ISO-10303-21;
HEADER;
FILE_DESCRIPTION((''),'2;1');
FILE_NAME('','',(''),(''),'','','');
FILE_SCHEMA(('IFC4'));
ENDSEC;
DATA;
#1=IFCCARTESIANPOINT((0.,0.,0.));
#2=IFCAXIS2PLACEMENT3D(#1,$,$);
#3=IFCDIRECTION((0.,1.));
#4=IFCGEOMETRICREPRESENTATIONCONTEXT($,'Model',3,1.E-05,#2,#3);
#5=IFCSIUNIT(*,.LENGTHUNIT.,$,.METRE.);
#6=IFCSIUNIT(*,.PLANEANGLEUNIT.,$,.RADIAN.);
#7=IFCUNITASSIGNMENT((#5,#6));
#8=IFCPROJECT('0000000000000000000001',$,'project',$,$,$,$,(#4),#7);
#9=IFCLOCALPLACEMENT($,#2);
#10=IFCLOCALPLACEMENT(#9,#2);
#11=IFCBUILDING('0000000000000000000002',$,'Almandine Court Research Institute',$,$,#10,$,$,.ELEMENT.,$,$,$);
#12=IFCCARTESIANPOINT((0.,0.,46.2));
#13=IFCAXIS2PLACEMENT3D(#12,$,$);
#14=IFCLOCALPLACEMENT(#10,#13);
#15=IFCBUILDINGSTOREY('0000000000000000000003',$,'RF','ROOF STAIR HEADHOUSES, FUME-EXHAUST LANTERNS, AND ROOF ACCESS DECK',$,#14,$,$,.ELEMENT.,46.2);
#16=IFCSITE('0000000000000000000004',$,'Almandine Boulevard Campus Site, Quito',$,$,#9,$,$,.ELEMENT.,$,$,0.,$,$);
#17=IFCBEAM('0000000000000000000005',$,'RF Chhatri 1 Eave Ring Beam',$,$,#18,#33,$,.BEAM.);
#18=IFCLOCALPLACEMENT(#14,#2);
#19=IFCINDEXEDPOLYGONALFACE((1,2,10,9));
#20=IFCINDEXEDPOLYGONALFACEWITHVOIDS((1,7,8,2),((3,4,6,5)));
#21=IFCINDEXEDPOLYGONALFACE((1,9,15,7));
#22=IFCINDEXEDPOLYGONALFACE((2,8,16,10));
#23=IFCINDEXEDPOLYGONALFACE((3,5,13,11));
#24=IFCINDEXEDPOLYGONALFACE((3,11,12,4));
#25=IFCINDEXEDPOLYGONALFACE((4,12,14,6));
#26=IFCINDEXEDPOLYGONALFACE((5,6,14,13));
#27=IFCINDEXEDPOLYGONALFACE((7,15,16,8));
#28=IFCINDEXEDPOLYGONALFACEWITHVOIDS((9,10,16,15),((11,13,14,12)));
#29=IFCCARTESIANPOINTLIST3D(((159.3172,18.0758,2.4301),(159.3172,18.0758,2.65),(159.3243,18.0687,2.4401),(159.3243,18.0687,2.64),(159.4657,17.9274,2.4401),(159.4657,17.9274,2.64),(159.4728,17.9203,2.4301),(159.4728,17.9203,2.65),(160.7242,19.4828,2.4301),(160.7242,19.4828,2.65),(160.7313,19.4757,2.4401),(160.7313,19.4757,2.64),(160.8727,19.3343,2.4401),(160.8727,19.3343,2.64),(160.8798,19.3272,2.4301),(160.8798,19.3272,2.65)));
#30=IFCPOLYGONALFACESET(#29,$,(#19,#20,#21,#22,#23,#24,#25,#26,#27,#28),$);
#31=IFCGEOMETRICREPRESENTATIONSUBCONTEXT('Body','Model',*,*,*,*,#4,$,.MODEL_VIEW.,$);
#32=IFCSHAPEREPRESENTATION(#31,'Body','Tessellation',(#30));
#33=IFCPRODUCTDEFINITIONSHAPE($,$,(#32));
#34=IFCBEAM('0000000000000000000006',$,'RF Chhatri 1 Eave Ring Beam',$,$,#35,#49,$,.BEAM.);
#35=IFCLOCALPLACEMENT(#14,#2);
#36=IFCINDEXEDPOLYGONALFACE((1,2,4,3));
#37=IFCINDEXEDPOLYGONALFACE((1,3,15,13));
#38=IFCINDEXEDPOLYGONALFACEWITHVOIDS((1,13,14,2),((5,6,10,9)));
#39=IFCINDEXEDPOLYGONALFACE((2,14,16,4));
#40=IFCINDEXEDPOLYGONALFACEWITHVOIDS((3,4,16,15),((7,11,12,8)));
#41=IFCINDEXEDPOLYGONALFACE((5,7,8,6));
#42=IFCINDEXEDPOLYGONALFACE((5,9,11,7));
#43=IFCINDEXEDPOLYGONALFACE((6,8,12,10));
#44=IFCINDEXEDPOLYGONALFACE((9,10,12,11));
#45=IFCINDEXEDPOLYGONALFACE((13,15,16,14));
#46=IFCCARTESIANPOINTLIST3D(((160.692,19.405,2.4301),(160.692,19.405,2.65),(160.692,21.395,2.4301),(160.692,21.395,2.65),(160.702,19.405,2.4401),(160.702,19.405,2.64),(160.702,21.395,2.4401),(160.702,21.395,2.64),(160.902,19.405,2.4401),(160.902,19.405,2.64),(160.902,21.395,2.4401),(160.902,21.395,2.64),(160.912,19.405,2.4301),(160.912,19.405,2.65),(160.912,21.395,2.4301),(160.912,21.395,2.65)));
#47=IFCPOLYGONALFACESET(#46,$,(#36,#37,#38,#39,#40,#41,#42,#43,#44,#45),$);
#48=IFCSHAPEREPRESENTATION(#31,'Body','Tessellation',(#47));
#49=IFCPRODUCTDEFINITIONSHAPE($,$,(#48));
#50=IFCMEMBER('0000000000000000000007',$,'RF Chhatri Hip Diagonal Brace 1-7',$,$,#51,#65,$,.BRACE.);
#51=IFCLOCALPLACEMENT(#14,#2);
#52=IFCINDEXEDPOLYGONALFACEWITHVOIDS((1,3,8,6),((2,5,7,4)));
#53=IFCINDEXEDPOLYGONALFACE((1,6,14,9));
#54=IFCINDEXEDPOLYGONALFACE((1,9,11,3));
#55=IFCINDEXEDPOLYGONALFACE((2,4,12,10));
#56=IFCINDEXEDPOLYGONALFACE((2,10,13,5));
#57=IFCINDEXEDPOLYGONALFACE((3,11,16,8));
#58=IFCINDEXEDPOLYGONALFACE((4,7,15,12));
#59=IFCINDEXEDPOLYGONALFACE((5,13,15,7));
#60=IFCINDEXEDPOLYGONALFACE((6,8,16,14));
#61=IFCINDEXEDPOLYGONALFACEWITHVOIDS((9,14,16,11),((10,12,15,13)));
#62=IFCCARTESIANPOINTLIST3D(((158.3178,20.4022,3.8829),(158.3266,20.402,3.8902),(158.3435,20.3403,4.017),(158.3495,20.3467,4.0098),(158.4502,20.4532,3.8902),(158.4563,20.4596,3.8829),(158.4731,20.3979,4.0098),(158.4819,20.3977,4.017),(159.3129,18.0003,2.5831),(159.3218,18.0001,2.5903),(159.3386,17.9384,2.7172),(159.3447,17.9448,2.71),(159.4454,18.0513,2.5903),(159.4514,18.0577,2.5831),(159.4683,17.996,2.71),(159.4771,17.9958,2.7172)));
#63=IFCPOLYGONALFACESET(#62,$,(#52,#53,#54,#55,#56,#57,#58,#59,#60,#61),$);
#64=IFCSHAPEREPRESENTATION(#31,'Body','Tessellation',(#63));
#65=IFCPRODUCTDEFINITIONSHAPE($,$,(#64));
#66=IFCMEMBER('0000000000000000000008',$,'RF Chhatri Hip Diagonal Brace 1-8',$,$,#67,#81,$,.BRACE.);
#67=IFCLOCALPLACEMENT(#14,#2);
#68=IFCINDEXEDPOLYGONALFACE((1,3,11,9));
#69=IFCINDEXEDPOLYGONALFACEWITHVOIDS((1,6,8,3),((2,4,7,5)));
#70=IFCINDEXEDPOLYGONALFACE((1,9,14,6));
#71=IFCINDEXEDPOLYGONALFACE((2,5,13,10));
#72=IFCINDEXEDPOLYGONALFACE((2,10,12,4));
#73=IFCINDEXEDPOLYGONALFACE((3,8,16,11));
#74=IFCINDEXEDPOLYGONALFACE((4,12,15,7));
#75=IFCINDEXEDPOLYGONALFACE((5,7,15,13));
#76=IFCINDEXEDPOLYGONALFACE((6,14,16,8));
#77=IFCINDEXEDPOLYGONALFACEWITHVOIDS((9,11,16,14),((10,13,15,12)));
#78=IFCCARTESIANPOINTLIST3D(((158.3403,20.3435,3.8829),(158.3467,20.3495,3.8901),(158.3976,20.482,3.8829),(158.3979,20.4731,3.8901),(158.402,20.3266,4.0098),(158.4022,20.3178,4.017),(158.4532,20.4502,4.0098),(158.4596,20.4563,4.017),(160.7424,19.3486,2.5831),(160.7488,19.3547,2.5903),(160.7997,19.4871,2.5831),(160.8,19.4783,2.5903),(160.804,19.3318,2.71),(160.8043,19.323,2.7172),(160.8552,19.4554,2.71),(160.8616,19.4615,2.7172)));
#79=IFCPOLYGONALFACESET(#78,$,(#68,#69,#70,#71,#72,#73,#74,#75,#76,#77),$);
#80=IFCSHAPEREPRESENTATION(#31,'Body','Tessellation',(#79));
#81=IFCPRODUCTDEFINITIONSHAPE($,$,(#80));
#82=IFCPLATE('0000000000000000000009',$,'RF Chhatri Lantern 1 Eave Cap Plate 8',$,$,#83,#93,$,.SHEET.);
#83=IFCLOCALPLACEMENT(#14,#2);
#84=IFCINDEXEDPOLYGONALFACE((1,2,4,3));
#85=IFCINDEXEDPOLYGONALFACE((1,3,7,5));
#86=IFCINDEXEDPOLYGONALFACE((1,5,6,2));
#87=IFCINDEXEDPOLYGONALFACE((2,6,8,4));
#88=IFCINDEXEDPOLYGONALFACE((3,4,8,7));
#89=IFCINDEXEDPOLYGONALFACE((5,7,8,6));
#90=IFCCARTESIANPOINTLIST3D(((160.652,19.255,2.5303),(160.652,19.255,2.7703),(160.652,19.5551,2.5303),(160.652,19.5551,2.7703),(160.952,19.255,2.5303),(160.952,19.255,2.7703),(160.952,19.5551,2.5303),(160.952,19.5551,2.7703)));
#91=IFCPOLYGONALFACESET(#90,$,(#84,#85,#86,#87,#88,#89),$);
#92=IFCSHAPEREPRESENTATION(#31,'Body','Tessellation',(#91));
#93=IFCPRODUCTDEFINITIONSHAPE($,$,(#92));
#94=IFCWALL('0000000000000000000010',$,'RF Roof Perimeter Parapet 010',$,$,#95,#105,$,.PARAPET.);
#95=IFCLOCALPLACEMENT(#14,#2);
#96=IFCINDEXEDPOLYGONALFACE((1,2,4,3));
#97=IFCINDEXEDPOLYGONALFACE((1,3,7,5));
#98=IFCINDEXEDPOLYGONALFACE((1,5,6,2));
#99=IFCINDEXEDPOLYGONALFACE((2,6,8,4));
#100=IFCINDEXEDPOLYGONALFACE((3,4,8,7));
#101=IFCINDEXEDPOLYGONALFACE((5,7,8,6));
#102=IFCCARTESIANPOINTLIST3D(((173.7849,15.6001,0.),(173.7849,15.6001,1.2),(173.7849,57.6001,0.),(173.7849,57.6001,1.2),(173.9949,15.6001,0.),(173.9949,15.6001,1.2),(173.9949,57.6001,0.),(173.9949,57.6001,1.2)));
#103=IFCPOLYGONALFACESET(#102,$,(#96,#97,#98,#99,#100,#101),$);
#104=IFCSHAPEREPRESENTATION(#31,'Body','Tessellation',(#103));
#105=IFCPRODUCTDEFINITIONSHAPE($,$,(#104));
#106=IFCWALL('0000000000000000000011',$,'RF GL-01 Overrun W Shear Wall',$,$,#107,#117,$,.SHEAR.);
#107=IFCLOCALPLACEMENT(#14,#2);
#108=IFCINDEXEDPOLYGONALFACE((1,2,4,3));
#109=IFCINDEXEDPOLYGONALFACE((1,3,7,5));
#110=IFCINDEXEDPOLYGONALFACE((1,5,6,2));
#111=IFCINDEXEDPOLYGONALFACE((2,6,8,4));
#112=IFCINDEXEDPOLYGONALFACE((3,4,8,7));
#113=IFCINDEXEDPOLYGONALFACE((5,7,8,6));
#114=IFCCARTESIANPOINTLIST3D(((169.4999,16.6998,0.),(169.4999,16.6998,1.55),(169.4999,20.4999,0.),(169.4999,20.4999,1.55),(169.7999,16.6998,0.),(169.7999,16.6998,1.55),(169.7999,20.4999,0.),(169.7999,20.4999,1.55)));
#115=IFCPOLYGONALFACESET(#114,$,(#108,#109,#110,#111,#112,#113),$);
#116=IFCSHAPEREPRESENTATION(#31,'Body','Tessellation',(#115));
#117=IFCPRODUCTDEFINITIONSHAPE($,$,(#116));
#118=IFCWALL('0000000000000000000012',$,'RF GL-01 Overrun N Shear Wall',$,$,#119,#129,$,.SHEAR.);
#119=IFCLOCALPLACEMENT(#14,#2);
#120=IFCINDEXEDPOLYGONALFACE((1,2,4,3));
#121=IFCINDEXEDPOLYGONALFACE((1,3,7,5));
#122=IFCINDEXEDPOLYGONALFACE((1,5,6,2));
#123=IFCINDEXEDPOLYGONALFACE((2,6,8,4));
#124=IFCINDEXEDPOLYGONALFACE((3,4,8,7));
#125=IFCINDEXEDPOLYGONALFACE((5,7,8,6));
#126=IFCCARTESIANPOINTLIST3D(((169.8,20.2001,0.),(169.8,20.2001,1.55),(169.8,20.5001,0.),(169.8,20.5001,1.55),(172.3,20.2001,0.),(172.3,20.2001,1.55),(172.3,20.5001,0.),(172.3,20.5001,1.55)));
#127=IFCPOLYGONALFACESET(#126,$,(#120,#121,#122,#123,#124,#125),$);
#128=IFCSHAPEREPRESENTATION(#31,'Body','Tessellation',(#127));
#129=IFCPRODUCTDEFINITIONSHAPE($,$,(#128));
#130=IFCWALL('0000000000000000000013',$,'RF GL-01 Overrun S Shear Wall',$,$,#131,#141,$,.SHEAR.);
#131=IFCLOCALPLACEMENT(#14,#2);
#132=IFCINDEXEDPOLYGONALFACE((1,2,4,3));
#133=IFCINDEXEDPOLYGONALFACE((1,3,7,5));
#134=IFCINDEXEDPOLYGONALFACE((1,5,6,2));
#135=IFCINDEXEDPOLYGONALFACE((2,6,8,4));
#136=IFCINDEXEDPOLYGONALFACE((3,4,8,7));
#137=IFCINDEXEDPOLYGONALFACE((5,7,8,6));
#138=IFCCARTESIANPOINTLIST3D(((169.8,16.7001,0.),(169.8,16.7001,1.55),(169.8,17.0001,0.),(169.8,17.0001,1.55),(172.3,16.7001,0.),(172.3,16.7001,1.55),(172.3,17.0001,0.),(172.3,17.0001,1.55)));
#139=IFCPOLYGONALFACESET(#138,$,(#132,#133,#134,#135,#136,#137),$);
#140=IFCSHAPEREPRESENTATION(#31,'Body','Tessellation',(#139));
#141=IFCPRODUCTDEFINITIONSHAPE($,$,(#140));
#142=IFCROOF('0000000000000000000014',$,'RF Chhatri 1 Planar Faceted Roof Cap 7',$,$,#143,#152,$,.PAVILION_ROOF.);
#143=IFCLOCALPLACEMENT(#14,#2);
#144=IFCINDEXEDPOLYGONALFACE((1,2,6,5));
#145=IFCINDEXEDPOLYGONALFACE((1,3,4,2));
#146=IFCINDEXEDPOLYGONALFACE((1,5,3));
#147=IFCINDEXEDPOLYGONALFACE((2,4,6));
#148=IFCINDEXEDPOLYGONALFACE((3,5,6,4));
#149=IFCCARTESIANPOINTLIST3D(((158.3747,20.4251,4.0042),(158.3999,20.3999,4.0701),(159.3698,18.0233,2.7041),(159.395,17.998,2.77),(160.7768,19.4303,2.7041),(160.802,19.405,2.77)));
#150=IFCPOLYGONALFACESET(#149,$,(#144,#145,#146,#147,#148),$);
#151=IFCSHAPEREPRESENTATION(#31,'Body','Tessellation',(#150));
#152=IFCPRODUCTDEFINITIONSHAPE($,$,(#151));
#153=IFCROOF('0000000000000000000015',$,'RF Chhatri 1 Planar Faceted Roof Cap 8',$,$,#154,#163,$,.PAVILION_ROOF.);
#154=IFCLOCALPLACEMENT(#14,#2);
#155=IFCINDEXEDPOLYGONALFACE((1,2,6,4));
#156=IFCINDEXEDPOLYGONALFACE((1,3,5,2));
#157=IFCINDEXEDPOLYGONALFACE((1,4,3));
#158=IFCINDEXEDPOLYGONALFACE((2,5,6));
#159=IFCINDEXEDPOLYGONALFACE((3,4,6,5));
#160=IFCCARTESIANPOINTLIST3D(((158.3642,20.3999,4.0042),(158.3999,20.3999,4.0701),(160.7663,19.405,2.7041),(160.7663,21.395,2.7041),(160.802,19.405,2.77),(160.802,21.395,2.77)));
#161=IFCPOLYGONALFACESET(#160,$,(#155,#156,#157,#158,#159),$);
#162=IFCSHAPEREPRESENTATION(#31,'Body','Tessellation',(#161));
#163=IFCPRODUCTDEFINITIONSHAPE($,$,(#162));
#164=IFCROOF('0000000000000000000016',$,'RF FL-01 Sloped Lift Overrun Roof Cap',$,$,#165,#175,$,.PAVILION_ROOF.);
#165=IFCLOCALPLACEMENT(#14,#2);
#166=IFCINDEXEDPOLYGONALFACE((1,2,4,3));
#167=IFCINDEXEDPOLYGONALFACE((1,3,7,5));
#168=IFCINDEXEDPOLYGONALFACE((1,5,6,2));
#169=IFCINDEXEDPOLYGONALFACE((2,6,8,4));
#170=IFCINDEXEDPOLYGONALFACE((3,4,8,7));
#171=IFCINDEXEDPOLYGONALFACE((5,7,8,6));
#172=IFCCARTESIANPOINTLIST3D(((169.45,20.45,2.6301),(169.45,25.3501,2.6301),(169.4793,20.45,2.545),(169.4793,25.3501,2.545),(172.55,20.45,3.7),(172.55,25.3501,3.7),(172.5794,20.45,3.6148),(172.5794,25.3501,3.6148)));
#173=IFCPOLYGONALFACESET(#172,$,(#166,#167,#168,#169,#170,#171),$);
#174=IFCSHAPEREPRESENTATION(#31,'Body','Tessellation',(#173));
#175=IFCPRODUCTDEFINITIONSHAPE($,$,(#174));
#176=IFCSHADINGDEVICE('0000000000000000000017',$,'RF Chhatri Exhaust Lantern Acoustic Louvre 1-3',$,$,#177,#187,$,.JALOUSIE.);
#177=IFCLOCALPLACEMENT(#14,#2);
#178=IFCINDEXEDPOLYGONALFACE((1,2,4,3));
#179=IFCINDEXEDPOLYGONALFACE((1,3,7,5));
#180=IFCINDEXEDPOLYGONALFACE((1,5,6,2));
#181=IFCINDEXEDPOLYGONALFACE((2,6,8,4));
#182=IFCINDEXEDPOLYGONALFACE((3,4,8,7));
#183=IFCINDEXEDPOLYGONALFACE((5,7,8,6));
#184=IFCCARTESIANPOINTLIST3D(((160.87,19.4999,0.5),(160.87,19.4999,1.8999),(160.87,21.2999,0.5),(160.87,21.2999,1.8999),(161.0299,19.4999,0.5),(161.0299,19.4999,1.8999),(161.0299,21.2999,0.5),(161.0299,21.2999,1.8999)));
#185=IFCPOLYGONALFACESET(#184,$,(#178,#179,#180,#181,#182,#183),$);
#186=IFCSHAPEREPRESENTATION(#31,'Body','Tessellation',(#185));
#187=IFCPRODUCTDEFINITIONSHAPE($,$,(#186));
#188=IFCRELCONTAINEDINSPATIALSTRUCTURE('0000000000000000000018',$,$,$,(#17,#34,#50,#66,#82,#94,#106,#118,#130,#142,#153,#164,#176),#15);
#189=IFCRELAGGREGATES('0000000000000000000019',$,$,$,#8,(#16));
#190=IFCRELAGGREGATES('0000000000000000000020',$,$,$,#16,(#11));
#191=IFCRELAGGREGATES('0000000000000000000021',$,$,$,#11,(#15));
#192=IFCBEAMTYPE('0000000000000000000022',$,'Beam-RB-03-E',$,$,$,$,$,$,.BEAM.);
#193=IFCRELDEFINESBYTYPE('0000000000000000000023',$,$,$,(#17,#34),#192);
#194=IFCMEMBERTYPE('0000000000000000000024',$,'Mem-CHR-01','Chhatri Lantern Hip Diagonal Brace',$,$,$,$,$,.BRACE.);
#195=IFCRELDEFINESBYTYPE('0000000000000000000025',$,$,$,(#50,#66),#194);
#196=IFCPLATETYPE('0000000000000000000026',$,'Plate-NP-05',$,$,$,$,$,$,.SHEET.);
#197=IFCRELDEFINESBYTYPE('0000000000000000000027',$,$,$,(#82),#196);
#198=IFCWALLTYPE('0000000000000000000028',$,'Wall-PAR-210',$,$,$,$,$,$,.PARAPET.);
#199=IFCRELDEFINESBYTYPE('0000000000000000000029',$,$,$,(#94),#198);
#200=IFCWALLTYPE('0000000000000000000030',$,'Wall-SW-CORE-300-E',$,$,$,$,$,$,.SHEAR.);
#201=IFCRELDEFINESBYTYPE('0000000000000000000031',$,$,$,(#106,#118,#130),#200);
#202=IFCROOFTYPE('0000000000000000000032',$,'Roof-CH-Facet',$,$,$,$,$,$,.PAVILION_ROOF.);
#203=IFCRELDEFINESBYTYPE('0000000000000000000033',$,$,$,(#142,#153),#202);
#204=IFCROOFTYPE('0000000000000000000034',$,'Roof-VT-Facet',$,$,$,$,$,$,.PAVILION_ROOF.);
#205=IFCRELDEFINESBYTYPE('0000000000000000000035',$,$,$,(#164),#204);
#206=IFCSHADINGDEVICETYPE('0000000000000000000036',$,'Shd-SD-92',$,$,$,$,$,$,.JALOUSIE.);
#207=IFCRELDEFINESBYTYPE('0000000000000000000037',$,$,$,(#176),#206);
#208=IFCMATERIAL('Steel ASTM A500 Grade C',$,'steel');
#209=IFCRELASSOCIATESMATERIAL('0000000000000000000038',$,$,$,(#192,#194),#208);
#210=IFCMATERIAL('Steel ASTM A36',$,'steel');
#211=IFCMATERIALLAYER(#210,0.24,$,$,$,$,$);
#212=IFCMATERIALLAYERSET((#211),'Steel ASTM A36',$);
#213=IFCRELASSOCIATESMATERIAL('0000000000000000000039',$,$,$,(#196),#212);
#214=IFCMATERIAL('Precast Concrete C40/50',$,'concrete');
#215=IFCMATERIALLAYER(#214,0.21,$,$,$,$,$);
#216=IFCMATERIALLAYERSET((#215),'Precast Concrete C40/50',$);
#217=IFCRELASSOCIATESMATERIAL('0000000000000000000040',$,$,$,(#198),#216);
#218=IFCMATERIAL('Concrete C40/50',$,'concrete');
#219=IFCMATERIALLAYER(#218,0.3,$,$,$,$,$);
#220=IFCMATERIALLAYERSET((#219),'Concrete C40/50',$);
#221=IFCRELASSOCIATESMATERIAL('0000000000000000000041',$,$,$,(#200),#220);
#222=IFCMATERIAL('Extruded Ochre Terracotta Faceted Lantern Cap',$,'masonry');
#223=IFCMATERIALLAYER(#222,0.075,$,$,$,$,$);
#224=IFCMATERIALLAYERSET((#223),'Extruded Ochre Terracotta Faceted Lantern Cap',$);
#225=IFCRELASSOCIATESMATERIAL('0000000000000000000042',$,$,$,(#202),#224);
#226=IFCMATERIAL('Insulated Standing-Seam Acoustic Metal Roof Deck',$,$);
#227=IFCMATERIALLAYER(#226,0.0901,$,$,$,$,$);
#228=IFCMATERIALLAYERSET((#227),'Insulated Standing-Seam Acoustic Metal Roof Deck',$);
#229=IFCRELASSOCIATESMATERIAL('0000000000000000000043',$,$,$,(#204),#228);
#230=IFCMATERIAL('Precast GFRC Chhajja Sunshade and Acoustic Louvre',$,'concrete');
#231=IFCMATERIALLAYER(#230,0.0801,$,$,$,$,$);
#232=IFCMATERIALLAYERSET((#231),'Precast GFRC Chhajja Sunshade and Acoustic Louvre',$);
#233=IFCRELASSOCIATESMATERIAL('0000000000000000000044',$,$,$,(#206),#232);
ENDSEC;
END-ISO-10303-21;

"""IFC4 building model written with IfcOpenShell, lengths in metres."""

from ifc_helpers import new_model, si_unit, direction, frame, frame_2d, origin, origin_2d, place, context, subcontext, project, spatial, polyline, rectangle, hollow_rectangle, outline, extrude, material, layer, layer_set, material_profile, profile_set, type_object, element, save


model = new_model("IFC4")

# Units and contexts
model_context = context("Model", 3, precision=1e-05, world=origin(), true_north=direction((0.0, 1.0)))
body_context = subcontext(model_context, "Body", "Model", "MODEL_VIEW")
ifc_project = project(units=[si_unit("LENGTHUNIT", "METRE"), si_unit("PLANEANGLEUNIT", "RADIAN")], contexts=[model_context])

# Site, building, storey
site_placement = place(None, origin())
site = spatial("IfcSite", under=ifc_project, at=site_placement, Name="Almandine Boulevard Campus Site, Quito", CompositionType="ELEMENT", RefElevation=0.0)
building_placement = place(site_placement, origin())
building = spatial("IfcBuilding", under=site, at=building_placement, Name="Almandine Court Research Institute", CompositionType="ELEMENT")
storey_placement = place(building_placement, frame((0.0, 0.0, 46.2)))
storey = spatial("IfcBuildingStorey", under=building, at=storey_placement, Name="RF", Description="ROOF STAIR HEADHOUSES, FUME-EXHAUST LANTERNS, AND ROOF ACCESS DECK", CompositionType="ELEMENT", Elevation=46.2)

# Shared definitions
ifc_material_1 = material(Name="Steel ASTM A500 Grade C", Category="steel")

# Beams
ifc_material_profile_1 = material_profile(ifc_material_1, hollow_rectangle(XDim=0.22, YDim=0.22, WallThickness=0.01, at=origin_2d()), Name="HSS 220x220x10")
ifc_profile_set_1 = profile_set([ifc_material_profile_1], Name="Steel ASTM A500 Grade C")
beam_type_1 = type_object("IfcBeamType", Name="Beam-RB-03-E", PredefinedType="BEAM", material=ifc_profile_set_1)
beam_1_placement = place(storey_placement, frame((159.395, 17.998, 2.54), z_axis=(0.707107, 0.707107, 0.0), x_axis=(-0.707107, 0.707107, 0.0)))
element("IfcBeam", 1, at=beam_1_placement, inside=storey, type_object=beam_type_1, Name="RF Chhatri 1 Eave Ring Beam", PredefinedType="BEAM", context=body_context, shape_type="SweptSolid", body=[
    extrude(hollow_rectangle(XDim=0.22, YDim=0.22, WallThickness=0.01, at=origin_2d()), origin(), (0.0, 0.0, 1.0), 1.9897),
])
beam_2_placement = place(storey_placement, frame((160.802, 19.405, 2.54), z_axis=(0.0, 1.0, 0.0), x_axis=(-1.0, 0.0, 0.0)))
element("IfcBeam", 2, at=beam_2_placement, inside=storey, type_object=beam_type_1, Name="RF Chhatri 1 Eave Ring Beam", PredefinedType="BEAM", context=body_context, shape_type="SweptSolid", body=[
    extrude(hollow_rectangle(XDim=0.22, YDim=0.22, WallThickness=0.01, at=origin_2d()), origin(), (0.0, 0.0, 1.0), 1.99),
])

# Members
ifc_material_profile_2 = material_profile(ifc_material_1, hollow_rectangle(XDim=0.1499, YDim=0.1499, WallThickness=0.0081, at=origin_2d()), Name="HSS 150x150x8")
ifc_profile_set_2 = profile_set([ifc_material_profile_2], Name="Steel ASTM A500 Grade C")
member_type = type_object("IfcMemberType", Name="Mem-CHR-01", Description="Chhatri Lantern Hip Diagonal Brace", PredefinedType="BRACE", material=ifc_profile_set_2)
for number, where, z_axis, x_axis, name in (
    (3, (159.395, 17.998, 2.6501), (-0.342358, 0.826329, 0.447182), (-0.923847, -0.382761, 0.0), "RF Chhatri Hip Diagonal Brace 1-7"),
    (4, (160.802, 19.405, 2.6501), (-0.826379, 0.34226, 0.447164), (-0.382648, -0.923894, 0.0), "RF Chhatri Hip Diagonal Brace 1-8"),
):
    element("IfcMember", number, at=place(storey_placement, frame(where, z_axis=z_axis, x_axis=x_axis)), inside=storey, type_object=member_type, Name=name, PredefinedType="BRACE", context=body_context, shape_type="SweptSolid", body=[
        extrude(hollow_rectangle(XDim=0.1499, YDim=0.1499, WallThickness=0.0081, at=origin_2d()), origin(), (0.0, 0.0, 1.0), 2.9067),
    ])

# Plate
ifc_material_2 = material(Name="Steel ASTM A36", Category="steel")
ifc_layer_1 = layer(ifc_material_2, 0.24)
ifc_layer_set_1 = layer_set([ifc_layer_1], Name="Steel ASTM A36")
plate_type = type_object("IfcPlateType", Name="Plate-NP-05", PredefinedType="SHEET", material=ifc_layer_set_1)
plate_placement = place(storey_placement, frame((160.802, 19.405, 2.5303), z_axis=(0.0, 0.0, 1.0), x_axis=(1.0, 0.0, 0.0)))
element("IfcPlate", 5, at=plate_placement, inside=storey, type_object=plate_type, Name="RF Chhatri Lantern 1 Eave Cap Plate 8", PredefinedType="SHEET", context=body_context, shape_type="SweptSolid", body=[
    extrude(rectangle(XDim=0.3, YDim=0.3, at=origin_2d()), origin(), (0.0, 0.0, 1.0), 0.24),
])

# Walls
ifc_material_3 = material(Name="Precast Concrete C40/50", Category="concrete")
ifc_layer_2 = layer(ifc_material_3, 0.21)
ifc_layer_set_2 = layer_set([ifc_layer_2], Name="Precast Concrete C40/50")
wall_type_1 = type_object("IfcWallType", Name="Wall-PAR-210", PredefinedType="PARAPET", material=ifc_layer_set_2)
wall_1_placement = place(storey_placement, frame((173.8899, 15.6001, 0.0), z_axis=(0.0, 0.0, 1.0), x_axis=(0.0, 1.0, 0.0)))
element("IfcWall", 6, at=wall_1_placement, inside=storey, type_object=wall_type_1, Name="RF Roof Perimeter Parapet 010", PredefinedType="PARAPET", context=body_context, shape_type="SweptSolid", body=[
    extrude(rectangle(XDim=42.0, YDim=0.21, at=frame_2d((21.0, 0.0))), origin(), (0.0, 0.0, 1.0), 1.2),
])
ifc_material_4 = material(Name="Concrete C40/50", Category="concrete")
ifc_layer_3 = layer(ifc_material_4, 0.3)
ifc_layer_set_3 = layer_set([ifc_layer_3], Name="Concrete C40/50")
wall_type_2 = type_object("IfcWallType", Name="Wall-SW-CORE-300-E", PredefinedType="SHEAR", material=ifc_layer_set_3)
wall_2_placement = place(storey_placement, frame((169.6499, 16.7, 0.0), z_axis=(0.0, 0.0, 1.0), x_axis=(0.0, 1.0, 0.0)))
element("IfcWall", 7, at=wall_2_placement, inside=storey, type_object=wall_type_2, Name="RF GL-01 Overrun W Shear Wall", PredefinedType="SHEAR", context=body_context, shape_type="SweptSolid", body=[
    extrude(rectangle(XDim=3.8, YDim=0.3, at=frame_2d((1.8999, 0.0))), origin(), (0.0, 0.0, 1.0), 1.55),
])
for number, where, z_axis, x_axis, name in (
    (8, (169.8, 20.3501, 0.0), (0.0, 0.0, 1.0), (1.0, 0.0, 0.0), "RF GL-01 Overrun N Shear Wall"),
    (9, (172.3, 16.8501, 0.0), (0.0, 0.0, 1.0), (-1.0, 0.0, 0.0), "RF GL-01 Overrun S Shear Wall"),
):
    element("IfcWall", number, at=place(storey_placement, frame(where, z_axis=z_axis, x_axis=x_axis)), inside=storey, type_object=wall_type_2, Name=name, PredefinedType="SHEAR", context=body_context, shape_type="SweptSolid", body=[
        extrude(rectangle(XDim=2.5, YDim=0.3, at=frame_2d((1.25, 0.0))), origin(), (0.0, 0.0, 1.0), 1.55),
    ])

# Roofs
ifc_material_5 = material(Name="Extruded Ochre Terracotta Faceted Lantern Cap", Category="masonry")
ifc_layer_4 = layer(ifc_material_5, 0.075)
ifc_layer_set_4 = layer_set([ifc_layer_4], Name="Extruded Ochre Terracotta Faceted Lantern Cap")
roof_type_1 = type_object("IfcRoofType", Name="Roof-CH-Facet", PredefinedType="PAVILION_ROOF", material=ifc_layer_set_4)
roof_1_placement = place(storey_placement, frame((159.395, 17.998, 2.77), z_axis=(0.336574, -0.336574, 0.879452), x_axis=(0.707107, 0.707107, 0.0)))
element("IfcRoof", 10, at=roof_1_placement, inside=storey, type_object=roof_type_1, Name="RF Chhatri 1 Planar Faceted Roof Cap 7", PredefinedType="PAVILION_ROOF", context=body_context, shape_type="SweptSolid", body=[
    extrude(outline(polyline([(0.0, 0.0), (1.9898, 0.0), (0.9947, 2.7313), (0.0, 0.0)])), origin(), (0.0, 0.0, -1.0), 0.075),
])
roof_2_placement = place(storey_placement, frame((160.802, 19.405, 2.77), z_axis=(0.475975, 0.0, 0.879459), x_axis=(0.0, 1.0, 0.0)))
element("IfcRoof", 11, at=roof_2_placement, inside=storey, type_object=roof_type_1, Name="RF Chhatri 1 Planar Faceted Roof Cap 8", PredefinedType="PAVILION_ROOF", context=body_context, shape_type="SweptSolid", body=[
    extrude(outline(polyline([(0.0, 0.0), (1.99, 0.0), (0.9949, 2.7313), (0.0, 0.0)])), origin(), (0.0, 0.0, -1.0), 0.075),
])
ifc_material_6 = material(Name="Insulated Standing-Seam Acoustic Metal Roof Deck")
ifc_layer_5 = layer(ifc_material_6, 0.0901)
ifc_layer_set_5 = layer_set([ifc_layer_5], Name="Insulated Standing-Seam Acoustic Metal Roof Deck")
roof_type_2 = type_object("IfcRoofType", Name="Roof-VT-Facet", PredefinedType="PAVILION_ROOF", material=ifc_layer_set_5)
roof_3_placement = place(storey_placement, frame((169.45, 20.45, 2.6301), z_axis=(-0.326216, 0.0, 0.945295), x_axis=(0.945295, 0.0, 0.326216)))
element("IfcRoof", 12, at=roof_3_placement, inside=storey, type_object=roof_type_2, Name="RF FL-01 Sloped Lift Overrun Roof Cap", PredefinedType="PAVILION_ROOF", context=body_context, shape_type="SweptSolid", body=[
    extrude(outline(polyline([(0.0, 0.0), (3.2795, 0.0), (3.2795, 4.9001), (0.0, 4.9001), (0.0, 0.0)])), origin(), (0.0, 0.0, -1.0), 0.0901),
])

# Shading device
ifc_material_7 = material(Name="Precast GFRC Chhajja Sunshade and Acoustic Louvre", Category="concrete")
ifc_layer_6 = layer(ifc_material_7, 0.0801)
ifc_layer_set_6 = layer_set([ifc_layer_6], Name="Precast GFRC Chhajja Sunshade and Acoustic Louvre")
shading_device_type = type_object("IfcShadingDeviceType", Name="Shd-SD-92", PredefinedType="JALOUSIE", material=ifc_layer_set_6)
shading_device_placement = place(storey_placement, frame((160.95, 20.3999, 0.5), z_axis=(0.0, 0.0, 1.0), x_axis=(0.0, 1.0, 0.0)))
element("IfcShadingDevice", 13, at=shading_device_placement, inside=storey, type_object=shading_device_type, Name="RF Chhatri Exhaust Lantern Acoustic Louvre 1-3", PredefinedType="JALOUSIE", context=body_context, shape_type="SweptSolid", body=[
    extrude(rectangle(XDim=1.8, YDim=0.1599, at=origin_2d()), origin(), (0.0, 0.0, 1.0), 1.3999),
])

save(model, "model.ifc")
